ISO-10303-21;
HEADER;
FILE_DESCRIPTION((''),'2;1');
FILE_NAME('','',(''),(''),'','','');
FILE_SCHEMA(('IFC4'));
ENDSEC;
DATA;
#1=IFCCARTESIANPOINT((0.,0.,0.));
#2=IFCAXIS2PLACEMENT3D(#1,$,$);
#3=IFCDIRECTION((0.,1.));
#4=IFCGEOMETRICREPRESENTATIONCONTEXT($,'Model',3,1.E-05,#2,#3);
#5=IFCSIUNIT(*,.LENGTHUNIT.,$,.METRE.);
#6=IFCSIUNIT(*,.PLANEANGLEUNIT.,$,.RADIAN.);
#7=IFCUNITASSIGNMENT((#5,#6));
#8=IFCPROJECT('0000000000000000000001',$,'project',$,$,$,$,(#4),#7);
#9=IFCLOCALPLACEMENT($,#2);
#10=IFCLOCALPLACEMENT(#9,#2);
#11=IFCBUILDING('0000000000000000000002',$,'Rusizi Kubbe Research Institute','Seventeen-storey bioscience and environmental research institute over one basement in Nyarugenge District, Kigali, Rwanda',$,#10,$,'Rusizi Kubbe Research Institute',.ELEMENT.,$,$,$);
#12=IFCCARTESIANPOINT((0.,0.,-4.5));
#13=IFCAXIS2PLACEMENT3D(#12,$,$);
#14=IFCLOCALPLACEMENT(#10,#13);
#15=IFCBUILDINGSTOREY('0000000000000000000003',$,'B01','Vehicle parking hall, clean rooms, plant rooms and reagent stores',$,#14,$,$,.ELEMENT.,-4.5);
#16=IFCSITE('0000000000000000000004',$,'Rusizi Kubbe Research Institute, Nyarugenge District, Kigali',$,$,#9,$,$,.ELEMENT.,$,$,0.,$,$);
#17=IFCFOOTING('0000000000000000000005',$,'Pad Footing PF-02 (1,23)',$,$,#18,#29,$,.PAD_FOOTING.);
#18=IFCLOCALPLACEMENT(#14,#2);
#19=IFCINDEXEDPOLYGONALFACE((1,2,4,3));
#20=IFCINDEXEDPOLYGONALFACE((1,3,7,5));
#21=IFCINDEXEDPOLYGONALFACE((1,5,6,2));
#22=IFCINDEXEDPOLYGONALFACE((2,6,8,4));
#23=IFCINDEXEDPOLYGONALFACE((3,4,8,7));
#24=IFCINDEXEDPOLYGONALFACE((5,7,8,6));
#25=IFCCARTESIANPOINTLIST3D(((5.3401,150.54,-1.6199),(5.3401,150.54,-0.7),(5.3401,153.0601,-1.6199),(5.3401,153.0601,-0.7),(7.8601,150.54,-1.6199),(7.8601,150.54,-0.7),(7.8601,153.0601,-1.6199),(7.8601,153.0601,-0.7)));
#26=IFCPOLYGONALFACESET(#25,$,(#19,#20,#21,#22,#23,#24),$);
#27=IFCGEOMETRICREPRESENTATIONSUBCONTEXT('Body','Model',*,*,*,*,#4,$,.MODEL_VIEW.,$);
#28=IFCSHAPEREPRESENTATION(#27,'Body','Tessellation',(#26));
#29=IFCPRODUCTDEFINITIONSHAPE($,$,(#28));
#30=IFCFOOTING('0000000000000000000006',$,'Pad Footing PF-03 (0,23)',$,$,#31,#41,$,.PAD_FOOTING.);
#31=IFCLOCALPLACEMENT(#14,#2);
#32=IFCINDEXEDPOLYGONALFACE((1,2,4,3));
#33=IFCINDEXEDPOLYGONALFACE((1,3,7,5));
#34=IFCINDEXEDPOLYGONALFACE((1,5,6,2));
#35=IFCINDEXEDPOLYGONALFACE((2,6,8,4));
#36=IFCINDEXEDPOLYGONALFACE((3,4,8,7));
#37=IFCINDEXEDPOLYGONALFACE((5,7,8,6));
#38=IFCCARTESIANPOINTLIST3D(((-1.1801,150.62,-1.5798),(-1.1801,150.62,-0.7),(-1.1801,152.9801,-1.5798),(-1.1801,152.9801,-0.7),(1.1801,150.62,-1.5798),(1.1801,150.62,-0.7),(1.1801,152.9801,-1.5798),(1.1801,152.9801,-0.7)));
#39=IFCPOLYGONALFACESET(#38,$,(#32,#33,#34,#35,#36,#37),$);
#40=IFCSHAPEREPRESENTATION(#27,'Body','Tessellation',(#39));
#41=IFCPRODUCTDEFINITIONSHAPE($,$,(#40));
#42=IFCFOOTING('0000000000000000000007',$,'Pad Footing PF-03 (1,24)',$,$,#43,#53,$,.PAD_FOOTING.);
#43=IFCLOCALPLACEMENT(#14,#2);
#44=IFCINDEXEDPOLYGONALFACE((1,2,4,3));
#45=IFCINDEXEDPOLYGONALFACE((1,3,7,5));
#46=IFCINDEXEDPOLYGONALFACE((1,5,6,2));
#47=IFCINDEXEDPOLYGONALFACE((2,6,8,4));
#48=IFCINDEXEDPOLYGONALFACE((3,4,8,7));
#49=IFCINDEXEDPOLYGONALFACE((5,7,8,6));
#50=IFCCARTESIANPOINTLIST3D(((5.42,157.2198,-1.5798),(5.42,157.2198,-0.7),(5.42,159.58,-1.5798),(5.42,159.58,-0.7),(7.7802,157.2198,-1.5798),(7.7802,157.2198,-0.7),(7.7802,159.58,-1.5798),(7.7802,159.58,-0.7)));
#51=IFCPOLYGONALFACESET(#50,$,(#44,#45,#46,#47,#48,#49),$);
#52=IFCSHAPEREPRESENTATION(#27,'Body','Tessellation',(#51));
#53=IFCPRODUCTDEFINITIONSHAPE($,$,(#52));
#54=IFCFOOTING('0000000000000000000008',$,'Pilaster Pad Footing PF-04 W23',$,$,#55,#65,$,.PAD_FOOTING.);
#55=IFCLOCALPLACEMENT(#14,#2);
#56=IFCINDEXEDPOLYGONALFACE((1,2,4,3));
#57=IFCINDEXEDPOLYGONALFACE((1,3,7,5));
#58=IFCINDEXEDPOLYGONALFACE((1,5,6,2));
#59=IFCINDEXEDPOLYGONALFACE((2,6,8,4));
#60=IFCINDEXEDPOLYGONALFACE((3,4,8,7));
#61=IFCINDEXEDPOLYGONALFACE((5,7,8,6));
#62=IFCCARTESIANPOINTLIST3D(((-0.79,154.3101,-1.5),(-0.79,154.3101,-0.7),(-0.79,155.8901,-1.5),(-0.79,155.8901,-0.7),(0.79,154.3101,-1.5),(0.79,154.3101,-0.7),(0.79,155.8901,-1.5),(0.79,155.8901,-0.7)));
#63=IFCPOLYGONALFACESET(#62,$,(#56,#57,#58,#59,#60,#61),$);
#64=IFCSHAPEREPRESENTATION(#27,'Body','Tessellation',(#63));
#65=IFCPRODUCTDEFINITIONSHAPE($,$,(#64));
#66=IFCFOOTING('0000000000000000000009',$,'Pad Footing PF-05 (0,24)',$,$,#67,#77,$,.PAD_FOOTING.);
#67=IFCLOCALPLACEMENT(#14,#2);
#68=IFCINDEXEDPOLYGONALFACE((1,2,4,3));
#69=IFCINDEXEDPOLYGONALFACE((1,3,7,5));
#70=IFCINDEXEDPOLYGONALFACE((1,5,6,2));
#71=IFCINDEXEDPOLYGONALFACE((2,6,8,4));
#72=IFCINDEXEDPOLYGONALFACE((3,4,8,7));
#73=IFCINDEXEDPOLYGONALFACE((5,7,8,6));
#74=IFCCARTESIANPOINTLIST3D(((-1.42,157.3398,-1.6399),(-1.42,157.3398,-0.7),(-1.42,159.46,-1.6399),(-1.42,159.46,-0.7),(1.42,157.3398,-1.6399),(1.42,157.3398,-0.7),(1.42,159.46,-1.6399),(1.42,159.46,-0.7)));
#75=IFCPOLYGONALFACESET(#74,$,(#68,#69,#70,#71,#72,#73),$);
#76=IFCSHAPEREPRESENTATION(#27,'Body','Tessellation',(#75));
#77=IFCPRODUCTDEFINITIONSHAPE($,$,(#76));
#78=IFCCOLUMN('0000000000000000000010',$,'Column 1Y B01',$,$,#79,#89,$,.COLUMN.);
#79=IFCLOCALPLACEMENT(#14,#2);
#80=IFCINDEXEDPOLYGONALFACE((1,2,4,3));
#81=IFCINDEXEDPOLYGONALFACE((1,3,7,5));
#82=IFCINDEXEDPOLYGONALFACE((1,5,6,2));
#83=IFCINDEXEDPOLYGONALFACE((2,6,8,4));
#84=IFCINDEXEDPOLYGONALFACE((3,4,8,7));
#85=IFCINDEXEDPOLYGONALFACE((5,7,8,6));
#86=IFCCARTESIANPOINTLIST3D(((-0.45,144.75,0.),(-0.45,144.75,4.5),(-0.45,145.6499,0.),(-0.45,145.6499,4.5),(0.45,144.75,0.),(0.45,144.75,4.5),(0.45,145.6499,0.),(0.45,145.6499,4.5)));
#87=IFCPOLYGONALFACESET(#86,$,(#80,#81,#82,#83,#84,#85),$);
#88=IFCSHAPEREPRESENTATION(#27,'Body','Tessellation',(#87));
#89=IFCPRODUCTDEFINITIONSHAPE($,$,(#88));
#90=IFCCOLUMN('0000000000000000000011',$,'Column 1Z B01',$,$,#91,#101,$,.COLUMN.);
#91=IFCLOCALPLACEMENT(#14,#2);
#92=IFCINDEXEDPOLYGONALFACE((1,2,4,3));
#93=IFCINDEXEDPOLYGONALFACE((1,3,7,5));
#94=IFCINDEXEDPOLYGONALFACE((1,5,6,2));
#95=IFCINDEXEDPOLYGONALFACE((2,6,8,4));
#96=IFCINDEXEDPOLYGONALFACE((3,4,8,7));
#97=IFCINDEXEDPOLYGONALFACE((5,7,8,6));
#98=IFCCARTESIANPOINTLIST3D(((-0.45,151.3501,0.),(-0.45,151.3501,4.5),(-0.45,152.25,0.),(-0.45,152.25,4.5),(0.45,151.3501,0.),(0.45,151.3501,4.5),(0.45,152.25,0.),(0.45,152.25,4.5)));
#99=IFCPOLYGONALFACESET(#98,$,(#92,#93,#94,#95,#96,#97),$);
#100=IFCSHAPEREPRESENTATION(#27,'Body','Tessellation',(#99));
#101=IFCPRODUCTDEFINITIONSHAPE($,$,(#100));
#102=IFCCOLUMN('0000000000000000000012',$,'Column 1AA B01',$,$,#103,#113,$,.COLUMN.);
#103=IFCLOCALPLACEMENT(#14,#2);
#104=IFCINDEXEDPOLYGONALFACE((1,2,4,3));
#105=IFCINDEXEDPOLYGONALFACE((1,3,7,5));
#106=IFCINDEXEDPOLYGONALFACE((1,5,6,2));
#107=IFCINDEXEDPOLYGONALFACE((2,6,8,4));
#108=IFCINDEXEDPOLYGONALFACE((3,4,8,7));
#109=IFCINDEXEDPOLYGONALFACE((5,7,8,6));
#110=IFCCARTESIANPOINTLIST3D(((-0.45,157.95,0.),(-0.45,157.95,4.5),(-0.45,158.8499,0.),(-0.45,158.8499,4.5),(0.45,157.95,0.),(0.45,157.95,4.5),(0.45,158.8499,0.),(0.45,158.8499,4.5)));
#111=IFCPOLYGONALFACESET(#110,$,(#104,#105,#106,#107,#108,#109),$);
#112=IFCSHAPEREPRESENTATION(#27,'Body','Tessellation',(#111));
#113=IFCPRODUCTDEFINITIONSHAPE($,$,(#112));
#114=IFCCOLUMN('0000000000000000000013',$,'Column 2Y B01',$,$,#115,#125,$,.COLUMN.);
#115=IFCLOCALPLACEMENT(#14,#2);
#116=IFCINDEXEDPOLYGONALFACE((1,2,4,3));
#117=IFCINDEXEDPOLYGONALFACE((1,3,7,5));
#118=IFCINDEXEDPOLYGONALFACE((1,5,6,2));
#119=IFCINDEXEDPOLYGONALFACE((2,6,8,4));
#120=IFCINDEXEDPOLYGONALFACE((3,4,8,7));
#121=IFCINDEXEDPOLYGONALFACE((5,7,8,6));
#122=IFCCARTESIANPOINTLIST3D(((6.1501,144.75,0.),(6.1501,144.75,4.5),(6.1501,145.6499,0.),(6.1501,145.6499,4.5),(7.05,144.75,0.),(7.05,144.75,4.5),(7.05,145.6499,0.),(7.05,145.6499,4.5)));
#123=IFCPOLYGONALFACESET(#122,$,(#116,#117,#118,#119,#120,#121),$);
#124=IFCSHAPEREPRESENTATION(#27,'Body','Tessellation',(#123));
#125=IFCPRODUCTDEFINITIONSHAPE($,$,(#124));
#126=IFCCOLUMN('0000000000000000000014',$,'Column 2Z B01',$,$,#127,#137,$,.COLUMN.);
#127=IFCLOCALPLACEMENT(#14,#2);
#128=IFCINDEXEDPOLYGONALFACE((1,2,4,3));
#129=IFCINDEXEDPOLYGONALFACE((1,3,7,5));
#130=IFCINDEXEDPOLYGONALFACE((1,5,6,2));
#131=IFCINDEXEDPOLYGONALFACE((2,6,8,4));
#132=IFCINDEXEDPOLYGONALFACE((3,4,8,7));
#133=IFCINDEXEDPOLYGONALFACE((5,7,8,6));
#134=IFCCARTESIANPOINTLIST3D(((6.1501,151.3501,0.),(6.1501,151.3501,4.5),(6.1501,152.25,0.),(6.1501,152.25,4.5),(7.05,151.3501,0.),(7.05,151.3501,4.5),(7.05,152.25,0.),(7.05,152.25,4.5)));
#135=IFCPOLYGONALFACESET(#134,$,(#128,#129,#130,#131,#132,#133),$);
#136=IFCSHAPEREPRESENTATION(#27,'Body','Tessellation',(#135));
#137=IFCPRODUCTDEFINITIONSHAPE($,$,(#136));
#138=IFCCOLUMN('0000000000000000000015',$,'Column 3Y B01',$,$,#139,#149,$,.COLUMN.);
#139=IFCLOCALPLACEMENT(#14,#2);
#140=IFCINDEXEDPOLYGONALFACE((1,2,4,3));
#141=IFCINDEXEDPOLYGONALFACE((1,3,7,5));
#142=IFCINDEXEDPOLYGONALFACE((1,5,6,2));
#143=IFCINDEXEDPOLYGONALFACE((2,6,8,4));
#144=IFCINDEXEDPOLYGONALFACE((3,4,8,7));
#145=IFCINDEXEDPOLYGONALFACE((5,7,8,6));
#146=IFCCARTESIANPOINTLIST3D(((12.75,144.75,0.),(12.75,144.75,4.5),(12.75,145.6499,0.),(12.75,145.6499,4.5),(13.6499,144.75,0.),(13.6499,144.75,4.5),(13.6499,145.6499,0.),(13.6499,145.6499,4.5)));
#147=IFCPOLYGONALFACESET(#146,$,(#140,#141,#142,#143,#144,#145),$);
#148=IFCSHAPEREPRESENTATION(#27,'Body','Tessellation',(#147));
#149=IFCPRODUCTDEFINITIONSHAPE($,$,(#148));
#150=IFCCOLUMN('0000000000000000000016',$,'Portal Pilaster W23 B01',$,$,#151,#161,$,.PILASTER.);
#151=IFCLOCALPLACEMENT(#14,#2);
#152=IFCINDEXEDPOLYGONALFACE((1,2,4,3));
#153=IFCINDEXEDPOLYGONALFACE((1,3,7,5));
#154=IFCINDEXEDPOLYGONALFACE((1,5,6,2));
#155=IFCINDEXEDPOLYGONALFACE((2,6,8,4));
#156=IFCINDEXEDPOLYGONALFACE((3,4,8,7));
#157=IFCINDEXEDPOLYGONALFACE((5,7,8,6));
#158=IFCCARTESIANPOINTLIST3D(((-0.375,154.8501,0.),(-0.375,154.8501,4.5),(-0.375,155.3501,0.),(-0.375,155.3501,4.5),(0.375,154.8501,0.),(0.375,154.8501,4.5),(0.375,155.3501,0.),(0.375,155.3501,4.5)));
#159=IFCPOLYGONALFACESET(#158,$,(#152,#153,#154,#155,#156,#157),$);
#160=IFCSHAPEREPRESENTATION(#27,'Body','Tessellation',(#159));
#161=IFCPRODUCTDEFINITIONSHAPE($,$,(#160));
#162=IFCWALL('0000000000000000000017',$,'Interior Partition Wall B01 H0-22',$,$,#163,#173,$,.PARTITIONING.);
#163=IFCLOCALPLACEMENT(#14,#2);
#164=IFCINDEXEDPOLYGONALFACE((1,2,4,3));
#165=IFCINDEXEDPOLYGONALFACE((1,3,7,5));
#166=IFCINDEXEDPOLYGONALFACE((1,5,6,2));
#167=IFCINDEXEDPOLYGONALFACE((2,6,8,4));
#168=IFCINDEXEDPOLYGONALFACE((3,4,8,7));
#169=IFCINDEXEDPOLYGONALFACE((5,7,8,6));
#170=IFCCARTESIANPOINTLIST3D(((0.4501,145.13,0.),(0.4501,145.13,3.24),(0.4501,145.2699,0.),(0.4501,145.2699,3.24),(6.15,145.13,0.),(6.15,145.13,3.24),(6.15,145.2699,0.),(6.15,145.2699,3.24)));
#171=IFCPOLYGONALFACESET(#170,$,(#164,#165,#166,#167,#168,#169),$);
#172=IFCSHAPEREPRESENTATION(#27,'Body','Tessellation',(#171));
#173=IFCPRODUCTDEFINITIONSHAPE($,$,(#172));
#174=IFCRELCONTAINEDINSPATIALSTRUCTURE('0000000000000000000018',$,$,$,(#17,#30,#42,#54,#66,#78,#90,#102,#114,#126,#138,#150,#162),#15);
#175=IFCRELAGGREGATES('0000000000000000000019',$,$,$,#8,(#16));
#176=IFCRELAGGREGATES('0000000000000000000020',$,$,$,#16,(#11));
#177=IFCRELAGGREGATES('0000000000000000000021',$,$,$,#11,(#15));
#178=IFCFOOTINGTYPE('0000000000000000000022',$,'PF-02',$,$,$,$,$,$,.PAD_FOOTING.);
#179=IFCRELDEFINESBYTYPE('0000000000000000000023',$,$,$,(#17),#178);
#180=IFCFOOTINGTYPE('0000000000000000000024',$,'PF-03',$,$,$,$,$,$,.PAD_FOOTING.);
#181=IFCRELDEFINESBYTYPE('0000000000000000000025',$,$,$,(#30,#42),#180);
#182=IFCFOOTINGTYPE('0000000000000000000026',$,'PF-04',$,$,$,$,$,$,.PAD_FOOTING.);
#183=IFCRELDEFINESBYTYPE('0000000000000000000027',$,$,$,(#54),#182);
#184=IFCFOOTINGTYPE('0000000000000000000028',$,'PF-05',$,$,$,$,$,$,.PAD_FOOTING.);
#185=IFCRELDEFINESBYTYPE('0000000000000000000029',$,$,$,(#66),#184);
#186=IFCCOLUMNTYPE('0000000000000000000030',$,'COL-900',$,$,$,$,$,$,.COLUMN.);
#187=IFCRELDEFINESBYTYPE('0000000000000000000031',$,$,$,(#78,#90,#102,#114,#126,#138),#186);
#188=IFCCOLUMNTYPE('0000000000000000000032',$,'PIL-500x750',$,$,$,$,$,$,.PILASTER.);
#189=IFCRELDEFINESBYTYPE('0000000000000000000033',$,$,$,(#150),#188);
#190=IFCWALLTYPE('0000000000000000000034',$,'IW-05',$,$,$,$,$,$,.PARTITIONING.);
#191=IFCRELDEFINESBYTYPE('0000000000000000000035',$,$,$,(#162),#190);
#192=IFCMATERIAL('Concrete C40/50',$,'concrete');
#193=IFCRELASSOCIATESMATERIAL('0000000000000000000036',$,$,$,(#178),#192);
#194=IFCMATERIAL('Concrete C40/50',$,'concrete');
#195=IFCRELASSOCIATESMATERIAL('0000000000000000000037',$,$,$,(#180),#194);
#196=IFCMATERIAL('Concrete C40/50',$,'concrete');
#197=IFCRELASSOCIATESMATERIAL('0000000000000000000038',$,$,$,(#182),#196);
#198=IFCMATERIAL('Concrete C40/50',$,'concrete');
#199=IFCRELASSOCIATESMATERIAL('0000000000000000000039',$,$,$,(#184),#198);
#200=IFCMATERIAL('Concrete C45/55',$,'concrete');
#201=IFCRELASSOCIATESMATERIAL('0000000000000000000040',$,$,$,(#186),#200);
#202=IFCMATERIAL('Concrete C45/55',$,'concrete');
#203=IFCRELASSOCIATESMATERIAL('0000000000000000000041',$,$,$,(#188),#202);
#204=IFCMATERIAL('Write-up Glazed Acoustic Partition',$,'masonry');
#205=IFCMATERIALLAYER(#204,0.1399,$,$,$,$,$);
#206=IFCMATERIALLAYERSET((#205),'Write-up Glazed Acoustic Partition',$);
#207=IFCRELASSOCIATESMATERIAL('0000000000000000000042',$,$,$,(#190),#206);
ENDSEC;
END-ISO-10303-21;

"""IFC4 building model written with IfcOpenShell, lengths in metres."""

from ifc_helpers import new_model, si_unit, direction, frame, frame_2d, origin, origin_2d, place, context, subcontext, project, spatial, rectangle, extrude, material, layer, layer_set, material_profile, profile_set, type_object, element, save


model = new_model("IFC4")

# Units and contexts
model_context = context("Model", 3, precision=1e-05, world=origin(), true_north=direction((0.0, 1.0)))
body_context = subcontext(model_context, "Body", "Model", "MODEL_VIEW")
ifc_project = project(units=[si_unit("LENGTHUNIT", "METRE"), si_unit("PLANEANGLEUNIT", "RADIAN")], contexts=[model_context])

# Site, building, storey
site_placement = place(None, origin())
site = spatial("IfcSite", under=ifc_project, at=site_placement, Name="Rusizi Kubbe Research Institute, Nyarugenge District, Kigali", CompositionType="ELEMENT", RefElevation=0.0)
building_placement = place(site_placement, origin())
building = spatial("IfcBuilding", under=site, at=building_placement, Name="Rusizi Kubbe Research Institute", Description="Seventeen-storey bioscience and environmental research institute over one basement in Nyarugenge District, Kigali, Rwanda", LongName="Rusizi Kubbe Research Institute", CompositionType="ELEMENT")
storey_placement = place(building_placement, frame((0.0, 0.0, -4.5)))
storey = spatial("IfcBuildingStorey", under=building, at=storey_placement, Name="B01", Description="Vehicle parking hall, clean rooms, plant rooms and reagent stores", CompositionType="ELEMENT", Elevation=-4.5)

# Footings
ifc_material_1 = material(Name="Concrete C40/50", Category="concrete")
footing_type_1 = type_object("IfcFootingType", Name="PF-02", PredefinedType="PAD_FOOTING", material=ifc_material_1)
footing_1_placement = place(storey_placement, frame((6.6001, 151.8, -1.6199), z_axis=(0.0, 0.0, 1.0), x_axis=(1.0, 0.0, 0.0)))
element("IfcFooting", 1, at=footing_1_placement, inside=storey, type_object=footing_type_1, Name="Pad Footing PF-02 (1,23)", PredefinedType="PAD_FOOTING", context=body_context, shape_type="SweptSolid", body=[
    extrude(rectangle(XDim=2.52, YDim=2.52, at=origin_2d()), origin(), (0.0, 0.0, 1.0), 0.9199),
])
ifc_material_2 = material(Name="Concrete C40/50", Category="concrete")
footing_type_2 = type_object("IfcFootingType", Name="PF-03", PredefinedType="PAD_FOOTING", material=ifc_material_2)
for number, where, z_axis, x_axis, name in (
    (2, (0.0, 151.8, -1.5798), (0.0, 0.0, 1.0), (1.0, 0.0, 0.0), "Pad Footing PF-03 (0,23)"),
    (3, (6.6001, 158.3999, -1.5798), (0.0, 0.0, 1.0), (1.0, 0.0, 0.0), "Pad Footing PF-03 (1,24)"),
):
    element("IfcFooting", number, at=place(storey_placement, frame(where, z_axis=z_axis, x_axis=x_axis)), inside=storey, type_object=footing_type_2, Name=name, PredefinedType="PAD_FOOTING", context=body_context, shape_type="SweptSolid", body=[
        extrude(rectangle(XDim=2.3601, YDim=2.3601, at=origin_2d()), origin(), (0.0, 0.0, 1.0), 0.8799),
    ])
ifc_material_3 = material(Name="Concrete C40/50", Category="concrete")
footing_type_3 = type_object("IfcFootingType", Name="PF-04", PredefinedType="PAD_FOOTING", material=ifc_material_3)
footing_2_placement = place(storey_placement, frame((0.0, 155.1001, -1.5), z_axis=(0.0, 0.0, 1.0), x_axis=(1.0, 0.0, 0.0)))
element("IfcFooting", 4, at=footing_2_placement, inside=storey, type_object=footing_type_3, Name="Pilaster Pad Footing PF-04 W23", PredefinedType="PAD_FOOTING", context=body_context, shape_type="SweptSolid", body=[
    extrude(rectangle(XDim=1.5801, YDim=1.5801, at=origin_2d()), origin(), (0.0, 0.0, 1.0), 0.8),
])
ifc_material_4 = material(Name="Concrete C40/50", Category="concrete")
footing_type_4 = type_object("IfcFootingType", Name="PF-05", PredefinedType="PAD_FOOTING", material=ifc_material_4)
footing_3_placement = place(storey_placement, frame((0.0, 158.3999, -1.6399), z_axis=(0.0, 0.0, 1.0), x_axis=(1.0, 0.0, 0.0)))
element("IfcFooting", 5, at=footing_3_placement, inside=storey, type_object=footing_type_4, Name="Pad Footing PF-05 (0,24)", PredefinedType="PAD_FOOTING", context=body_context, shape_type="SweptSolid", body=[
    extrude(rectangle(XDim=2.8401, YDim=2.1201, at=origin_2d()), origin(), (0.0, 0.0, 1.0), 0.9399),
])

# Columns
ifc_material_5 = material(Name="Concrete C45/55", Category="concrete")
ifc_material_profile_1 = material_profile(ifc_material_5, rectangle(XDim=0.8999, YDim=0.8999, at=origin_2d()), Name="RC900x900")
ifc_profile_set_1 = profile_set([ifc_material_profile_1], Name="Concrete C45/55")
column_type_1 = type_object("IfcColumnType", Name="COL-900", PredefinedType="COLUMN", material=ifc_profile_set_1)
for number, where, z_axis, x_axis, name in (
    (6, (0.0, 145.2, 0.0), (0.0, 0.0, 1.0), (1.0, 0.0, 0.0), "Column 1Y B01"),
    (7, (0.0, 151.8, 0.0), (0.0, 0.0, 1.0), (1.0, 0.0, 0.0), "Column 1Z B01"),
    (8, (0.0, 158.3999, 0.0), (0.0, 0.0, 1.0), (1.0, 0.0, 0.0), "Column 1AA B01"),
    (9, (6.6001, 145.2, 0.0), (0.0, 0.0, 1.0), (1.0, 0.0, 0.0), "Column 2Y B01"),
    (10, (6.6001, 151.8, 0.0), (0.0, 0.0, 1.0), (1.0, 0.0, 0.0), "Column 2Z B01"),
    (11, (13.2, 145.2, 0.0), (0.0, 0.0, 1.0), (1.0, 0.0, 0.0), "Column 3Y B01"),
):
    element("IfcColumn", number, at=place(storey_placement, frame(where, z_axis=z_axis, x_axis=x_axis)), inside=storey, type_object=column_type_1, Name=name, PredefinedType="COLUMN", context=body_context, shape_type="SweptSolid", body=[
        extrude(rectangle(XDim=0.8999, YDim=0.8999, at=origin_2d()), origin(), (0.0, 0.0, 1.0), 4.5),
    ])
ifc_material_6 = material(Name="Concrete C45/55", Category="concrete")
ifc_material_profile_2 = material_profile(ifc_material_6, rectangle(XDim=0.5, YDim=0.75, at=origin_2d()), Name="RC500x750")
ifc_profile_set_2 = profile_set([ifc_material_profile_2], Name="Concrete C45/55")
column_type_2 = type_object("IfcColumnType", Name="PIL-500x750", PredefinedType="PILASTER", material=ifc_profile_set_2)
column_placement = place(storey_placement, frame((0.0, 155.1001, 0.0), z_axis=(0.0, 0.0, 1.0), x_axis=(0.0, 1.0, 0.0)))
element("IfcColumn", 12, at=column_placement, inside=storey, type_object=column_type_2, Name="Portal Pilaster W23 B01", PredefinedType="PILASTER", context=body_context, shape_type="SweptSolid", body=[
    extrude(rectangle(XDim=0.5, YDim=0.75, at=origin_2d()), origin(), (0.0, 0.0, 1.0), 4.5),
])

# Wall
ifc_material_7 = material(Name="Write-up Glazed Acoustic Partition", Category="masonry")
ifc_layer_1 = layer(ifc_material_7, 0.1399)
ifc_layer_set_1 = layer_set([ifc_layer_1], Name="Write-up Glazed Acoustic Partition")
wall_type_1 = type_object("IfcWallType", Name="IW-05", PredefinedType="PARTITIONING", material=ifc_layer_set_1)
wall_1_placement = place(storey_placement, frame((0.45, 145.2, 0.0), z_axis=(0.0, 0.0, 1.0), x_axis=(1.0, 0.0, 0.0)))
element("IfcWall", 13, at=wall_1_placement, inside=storey, type_object=wall_type_1, Name="Interior Partition Wall B01 H0-22", PredefinedType="PARTITIONING", context=body_context, shape_type="SweptSolid", body=[
    extrude(rectangle(XDim=5.7, YDim=0.1399, at=frame_2d((2.8501, 0.0))), origin(), (0.0, 0.0, 1.0), 3.24),
])

save(model, "model.ifc")
